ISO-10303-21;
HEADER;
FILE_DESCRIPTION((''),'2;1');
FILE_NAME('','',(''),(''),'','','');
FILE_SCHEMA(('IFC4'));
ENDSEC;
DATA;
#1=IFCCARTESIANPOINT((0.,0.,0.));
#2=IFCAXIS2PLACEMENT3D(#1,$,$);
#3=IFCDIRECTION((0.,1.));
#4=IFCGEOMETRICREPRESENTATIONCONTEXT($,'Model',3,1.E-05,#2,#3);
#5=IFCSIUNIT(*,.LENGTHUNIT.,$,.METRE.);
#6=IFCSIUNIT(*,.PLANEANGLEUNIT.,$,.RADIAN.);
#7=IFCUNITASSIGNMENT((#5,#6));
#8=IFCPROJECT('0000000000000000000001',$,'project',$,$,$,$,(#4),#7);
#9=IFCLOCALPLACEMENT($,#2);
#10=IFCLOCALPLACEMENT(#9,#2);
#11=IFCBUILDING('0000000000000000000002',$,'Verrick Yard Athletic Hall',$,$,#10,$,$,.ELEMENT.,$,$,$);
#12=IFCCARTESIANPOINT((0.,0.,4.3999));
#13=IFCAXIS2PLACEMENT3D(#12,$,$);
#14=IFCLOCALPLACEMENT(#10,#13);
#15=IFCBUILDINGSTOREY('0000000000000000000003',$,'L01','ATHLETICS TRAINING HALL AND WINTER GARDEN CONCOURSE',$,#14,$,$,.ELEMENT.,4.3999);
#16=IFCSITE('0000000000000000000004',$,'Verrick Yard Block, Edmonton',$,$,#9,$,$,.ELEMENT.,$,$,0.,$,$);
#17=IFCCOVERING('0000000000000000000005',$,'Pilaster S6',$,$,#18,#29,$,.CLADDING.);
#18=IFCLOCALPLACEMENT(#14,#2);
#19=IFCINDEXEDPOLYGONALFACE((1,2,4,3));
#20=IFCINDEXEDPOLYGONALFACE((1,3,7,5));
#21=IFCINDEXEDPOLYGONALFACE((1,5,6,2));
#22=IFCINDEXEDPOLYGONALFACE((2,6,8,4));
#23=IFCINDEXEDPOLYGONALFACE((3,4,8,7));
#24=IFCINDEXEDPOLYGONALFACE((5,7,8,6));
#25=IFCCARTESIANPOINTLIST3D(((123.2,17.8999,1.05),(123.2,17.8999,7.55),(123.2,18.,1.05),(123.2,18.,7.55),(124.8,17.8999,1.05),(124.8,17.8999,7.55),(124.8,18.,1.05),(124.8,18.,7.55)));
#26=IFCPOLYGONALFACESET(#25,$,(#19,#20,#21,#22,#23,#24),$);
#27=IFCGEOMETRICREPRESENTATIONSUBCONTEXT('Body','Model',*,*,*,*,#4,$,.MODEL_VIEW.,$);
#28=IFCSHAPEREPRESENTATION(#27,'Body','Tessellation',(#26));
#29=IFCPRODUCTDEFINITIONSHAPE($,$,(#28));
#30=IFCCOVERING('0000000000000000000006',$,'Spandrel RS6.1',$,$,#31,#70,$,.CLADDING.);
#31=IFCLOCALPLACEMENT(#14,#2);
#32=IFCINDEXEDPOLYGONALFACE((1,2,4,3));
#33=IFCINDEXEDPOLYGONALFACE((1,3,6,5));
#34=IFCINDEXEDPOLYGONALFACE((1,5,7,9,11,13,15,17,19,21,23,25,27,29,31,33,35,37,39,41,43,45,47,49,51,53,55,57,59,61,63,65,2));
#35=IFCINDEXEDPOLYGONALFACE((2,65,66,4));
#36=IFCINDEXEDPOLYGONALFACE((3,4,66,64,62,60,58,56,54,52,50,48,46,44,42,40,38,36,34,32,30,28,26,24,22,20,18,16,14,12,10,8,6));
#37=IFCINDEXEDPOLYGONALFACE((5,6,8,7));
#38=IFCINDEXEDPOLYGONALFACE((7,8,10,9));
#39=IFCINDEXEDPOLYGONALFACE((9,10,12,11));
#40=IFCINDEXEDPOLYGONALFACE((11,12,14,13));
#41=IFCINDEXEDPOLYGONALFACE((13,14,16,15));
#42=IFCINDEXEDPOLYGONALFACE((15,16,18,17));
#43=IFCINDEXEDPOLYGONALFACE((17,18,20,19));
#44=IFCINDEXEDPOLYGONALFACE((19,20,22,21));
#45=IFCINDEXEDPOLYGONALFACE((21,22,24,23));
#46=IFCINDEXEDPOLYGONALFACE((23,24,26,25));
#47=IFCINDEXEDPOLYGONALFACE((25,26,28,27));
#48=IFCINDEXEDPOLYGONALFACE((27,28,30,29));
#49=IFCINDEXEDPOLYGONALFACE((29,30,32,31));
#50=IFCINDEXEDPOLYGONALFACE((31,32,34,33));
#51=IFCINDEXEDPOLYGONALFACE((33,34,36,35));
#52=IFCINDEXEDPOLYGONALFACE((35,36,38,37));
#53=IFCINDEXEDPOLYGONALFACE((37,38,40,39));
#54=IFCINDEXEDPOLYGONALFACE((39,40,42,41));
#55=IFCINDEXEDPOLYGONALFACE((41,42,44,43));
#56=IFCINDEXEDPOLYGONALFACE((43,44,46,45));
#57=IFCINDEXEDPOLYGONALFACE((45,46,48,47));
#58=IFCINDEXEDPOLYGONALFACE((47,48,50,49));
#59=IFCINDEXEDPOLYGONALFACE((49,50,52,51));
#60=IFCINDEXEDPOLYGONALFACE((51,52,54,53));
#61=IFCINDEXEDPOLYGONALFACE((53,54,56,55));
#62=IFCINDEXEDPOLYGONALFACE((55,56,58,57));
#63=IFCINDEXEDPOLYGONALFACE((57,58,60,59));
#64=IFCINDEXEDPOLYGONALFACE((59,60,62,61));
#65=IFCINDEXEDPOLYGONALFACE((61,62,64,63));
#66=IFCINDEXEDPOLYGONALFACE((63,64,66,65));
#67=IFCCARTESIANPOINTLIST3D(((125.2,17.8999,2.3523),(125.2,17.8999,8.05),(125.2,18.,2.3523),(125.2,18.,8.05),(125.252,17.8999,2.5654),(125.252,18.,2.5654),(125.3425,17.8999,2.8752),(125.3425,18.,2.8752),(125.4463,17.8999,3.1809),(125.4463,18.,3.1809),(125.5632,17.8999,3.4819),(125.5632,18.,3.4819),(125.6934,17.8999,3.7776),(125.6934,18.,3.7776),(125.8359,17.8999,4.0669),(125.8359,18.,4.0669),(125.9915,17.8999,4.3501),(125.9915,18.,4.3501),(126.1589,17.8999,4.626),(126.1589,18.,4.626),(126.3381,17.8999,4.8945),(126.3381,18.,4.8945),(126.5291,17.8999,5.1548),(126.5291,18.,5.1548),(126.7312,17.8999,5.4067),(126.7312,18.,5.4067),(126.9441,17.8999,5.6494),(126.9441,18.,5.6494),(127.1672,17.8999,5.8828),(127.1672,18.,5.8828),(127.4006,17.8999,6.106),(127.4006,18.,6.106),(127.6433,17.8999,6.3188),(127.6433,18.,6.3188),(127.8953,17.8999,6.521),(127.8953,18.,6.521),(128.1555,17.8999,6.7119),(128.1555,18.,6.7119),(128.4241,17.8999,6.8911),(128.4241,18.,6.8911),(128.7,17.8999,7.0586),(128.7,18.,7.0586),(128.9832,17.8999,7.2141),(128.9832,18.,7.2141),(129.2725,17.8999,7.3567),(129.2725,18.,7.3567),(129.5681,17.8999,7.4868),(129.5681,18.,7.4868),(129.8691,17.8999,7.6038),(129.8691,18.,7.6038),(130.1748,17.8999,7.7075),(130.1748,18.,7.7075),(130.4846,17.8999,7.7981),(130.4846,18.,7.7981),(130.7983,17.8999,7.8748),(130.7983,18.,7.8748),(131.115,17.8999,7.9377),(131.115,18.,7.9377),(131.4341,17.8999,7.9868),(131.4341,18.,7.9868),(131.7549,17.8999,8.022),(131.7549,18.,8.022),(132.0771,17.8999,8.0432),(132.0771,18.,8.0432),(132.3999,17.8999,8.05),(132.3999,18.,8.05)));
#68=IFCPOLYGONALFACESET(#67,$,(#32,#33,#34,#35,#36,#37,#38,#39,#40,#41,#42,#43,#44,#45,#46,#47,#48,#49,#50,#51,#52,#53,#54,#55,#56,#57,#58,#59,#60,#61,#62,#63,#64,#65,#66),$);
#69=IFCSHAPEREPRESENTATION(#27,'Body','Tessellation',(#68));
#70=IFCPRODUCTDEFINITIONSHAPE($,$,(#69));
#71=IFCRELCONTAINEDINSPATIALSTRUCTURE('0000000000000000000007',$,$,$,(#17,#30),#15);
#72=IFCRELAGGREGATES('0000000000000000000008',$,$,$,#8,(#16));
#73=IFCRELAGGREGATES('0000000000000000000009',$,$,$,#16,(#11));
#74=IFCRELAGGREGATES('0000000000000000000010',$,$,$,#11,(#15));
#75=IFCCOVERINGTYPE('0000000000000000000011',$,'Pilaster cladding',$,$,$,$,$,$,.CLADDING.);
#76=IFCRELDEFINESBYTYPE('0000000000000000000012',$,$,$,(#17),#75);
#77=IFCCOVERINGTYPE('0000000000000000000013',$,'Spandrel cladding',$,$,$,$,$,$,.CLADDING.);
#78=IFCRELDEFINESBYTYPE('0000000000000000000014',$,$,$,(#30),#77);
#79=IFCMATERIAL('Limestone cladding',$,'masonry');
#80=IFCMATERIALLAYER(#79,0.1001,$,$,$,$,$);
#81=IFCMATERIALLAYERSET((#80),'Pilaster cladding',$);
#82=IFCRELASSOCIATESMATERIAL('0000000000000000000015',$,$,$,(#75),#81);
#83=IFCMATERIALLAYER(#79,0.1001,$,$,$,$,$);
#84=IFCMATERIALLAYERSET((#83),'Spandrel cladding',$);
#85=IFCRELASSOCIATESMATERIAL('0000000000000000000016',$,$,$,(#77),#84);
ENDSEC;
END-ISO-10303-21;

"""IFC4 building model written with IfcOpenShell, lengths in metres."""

from ifc_helpers import new_model, si_unit, direction, frame, origin, origin_2d, place, context, subcontext, project, spatial, polyline, rectangle, outline, extrude, material, layer, layer_set, type_object, element, save


model = new_model("IFC4")

# Units and contexts
model_context = context("Model", 3, precision=1e-05, world=origin(), true_north=direction((0.0, 1.0)))
body_context = subcontext(model_context, "Body", "Model", "MODEL_VIEW")
ifc_project = project(units=[si_unit("LENGTHUNIT", "METRE"), si_unit("PLANEANGLEUNIT", "RADIAN")], contexts=[model_context])

# Site, building, storey
site_placement = place(None, origin())
site = spatial("IfcSite", under=ifc_project, at=site_placement, Name="Verrick Yard Block, Edmonton", CompositionType="ELEMENT", RefElevation=0.0)
building_placement = place(site_placement, origin())
building = spatial("IfcBuilding", under=site, at=building_placement, Name="Verrick Yard Athletic Hall", CompositionType="ELEMENT")
storey_placement = place(building_placement, frame((0.0, 0.0, 4.3999)))
storey = spatial("IfcBuildingStorey", under=building, at=storey_placement, Name="L01", Description="ATHLETICS TRAINING HALL AND WINTER GARDEN CONCOURSE", CompositionType="ELEMENT", Elevation=4.3999)

# Coverings
ifc_material_1 = material(Name="Limestone cladding", Category="masonry")
ifc_layer_1 = layer(ifc_material_1, 0.1001)
ifc_layer_set_1 = layer_set([ifc_layer_1], Name="Pilaster cladding")
covering_type_1 = type_object("IfcCoveringType", Name="Pilaster cladding", PredefinedType="CLADDING", material=ifc_layer_set_1)
covering_1_placement = place(storey_placement, frame((124.0, 17.95, 1.05), z_axis=(0.0, 0.0, 1.0), x_axis=(1.0, 0.0, 0.0)))
element("IfcCovering", 1, at=covering_1_placement, inside=storey, type_object=covering_type_1, Name="Pilaster S6", PredefinedType="CLADDING", context=body_context, shape_type="SweptSolid", body=[
    extrude(rectangle(XDim=1.6001, YDim=0.1001, at=origin_2d()), origin(), (0.0, 0.0, 1.0), 6.5),
])
ifc_layer_2 = layer(ifc_material_1, 0.1001)
ifc_layer_set_2 = layer_set([ifc_layer_2], Name="Spandrel cladding")
covering_type_2 = type_object("IfcCoveringType", Name="Spandrel cladding", PredefinedType="CLADDING", material=ifc_layer_set_2)
covering_2_placement = place(storey_placement, frame((125.2, 17.95, 2.3523), z_axis=(0.0, 0.0, 1.0), x_axis=(1.0, 0.0, 0.0)))
element("IfcCovering", 2, at=covering_2_placement, inside=storey, type_object=covering_type_2, Name="Spandrel RS6.1", PredefinedType="CLADDING", context=body_context, shape_type="SweptSolid", body=[
    extrude(outline(polyline([(0.0, 0.0), (0.052, 0.2131), (0.1426, 0.5229), (0.2463, 0.8286), (0.3633, 1.1296), (0.4934, 1.4253), (0.636, 1.7146), (0.7915, 1.9978), (0.959, 2.2737), (1.1382, 2.5422), (1.3291, 2.8025), (1.5312, 3.0544), (1.7441, 3.2971), (1.9673, 3.5305), (2.2007, 3.7537), (2.4434, 3.9666), (2.6953, 4.1687), (2.9556, 4.3596), (3.2241, 4.5388), (3.5, 4.7063), (3.7832, 4.8618), (4.0725, 5.0044), (4.3682, 5.1345), (4.6692, 5.2515), (4.9749, 5.3552), (5.2847, 5.4458), (5.5984, 5.5225), (5.915, 5.5854), (6.2341, 5.6345), (6.5549, 5.6697), (6.8772, 5.6909), (7.2, 5.6978), (0.0, 5.6978), (0.0, 0.0)])), frame((0.0, 0.05, 0.0), z_axis=(0.0, -1.0, 0.0), x_axis=(1.0, 0.0, 0.0)), (0.0, 0.0, 1.0), 0.1001),
])

save(model, "model.ifc")
